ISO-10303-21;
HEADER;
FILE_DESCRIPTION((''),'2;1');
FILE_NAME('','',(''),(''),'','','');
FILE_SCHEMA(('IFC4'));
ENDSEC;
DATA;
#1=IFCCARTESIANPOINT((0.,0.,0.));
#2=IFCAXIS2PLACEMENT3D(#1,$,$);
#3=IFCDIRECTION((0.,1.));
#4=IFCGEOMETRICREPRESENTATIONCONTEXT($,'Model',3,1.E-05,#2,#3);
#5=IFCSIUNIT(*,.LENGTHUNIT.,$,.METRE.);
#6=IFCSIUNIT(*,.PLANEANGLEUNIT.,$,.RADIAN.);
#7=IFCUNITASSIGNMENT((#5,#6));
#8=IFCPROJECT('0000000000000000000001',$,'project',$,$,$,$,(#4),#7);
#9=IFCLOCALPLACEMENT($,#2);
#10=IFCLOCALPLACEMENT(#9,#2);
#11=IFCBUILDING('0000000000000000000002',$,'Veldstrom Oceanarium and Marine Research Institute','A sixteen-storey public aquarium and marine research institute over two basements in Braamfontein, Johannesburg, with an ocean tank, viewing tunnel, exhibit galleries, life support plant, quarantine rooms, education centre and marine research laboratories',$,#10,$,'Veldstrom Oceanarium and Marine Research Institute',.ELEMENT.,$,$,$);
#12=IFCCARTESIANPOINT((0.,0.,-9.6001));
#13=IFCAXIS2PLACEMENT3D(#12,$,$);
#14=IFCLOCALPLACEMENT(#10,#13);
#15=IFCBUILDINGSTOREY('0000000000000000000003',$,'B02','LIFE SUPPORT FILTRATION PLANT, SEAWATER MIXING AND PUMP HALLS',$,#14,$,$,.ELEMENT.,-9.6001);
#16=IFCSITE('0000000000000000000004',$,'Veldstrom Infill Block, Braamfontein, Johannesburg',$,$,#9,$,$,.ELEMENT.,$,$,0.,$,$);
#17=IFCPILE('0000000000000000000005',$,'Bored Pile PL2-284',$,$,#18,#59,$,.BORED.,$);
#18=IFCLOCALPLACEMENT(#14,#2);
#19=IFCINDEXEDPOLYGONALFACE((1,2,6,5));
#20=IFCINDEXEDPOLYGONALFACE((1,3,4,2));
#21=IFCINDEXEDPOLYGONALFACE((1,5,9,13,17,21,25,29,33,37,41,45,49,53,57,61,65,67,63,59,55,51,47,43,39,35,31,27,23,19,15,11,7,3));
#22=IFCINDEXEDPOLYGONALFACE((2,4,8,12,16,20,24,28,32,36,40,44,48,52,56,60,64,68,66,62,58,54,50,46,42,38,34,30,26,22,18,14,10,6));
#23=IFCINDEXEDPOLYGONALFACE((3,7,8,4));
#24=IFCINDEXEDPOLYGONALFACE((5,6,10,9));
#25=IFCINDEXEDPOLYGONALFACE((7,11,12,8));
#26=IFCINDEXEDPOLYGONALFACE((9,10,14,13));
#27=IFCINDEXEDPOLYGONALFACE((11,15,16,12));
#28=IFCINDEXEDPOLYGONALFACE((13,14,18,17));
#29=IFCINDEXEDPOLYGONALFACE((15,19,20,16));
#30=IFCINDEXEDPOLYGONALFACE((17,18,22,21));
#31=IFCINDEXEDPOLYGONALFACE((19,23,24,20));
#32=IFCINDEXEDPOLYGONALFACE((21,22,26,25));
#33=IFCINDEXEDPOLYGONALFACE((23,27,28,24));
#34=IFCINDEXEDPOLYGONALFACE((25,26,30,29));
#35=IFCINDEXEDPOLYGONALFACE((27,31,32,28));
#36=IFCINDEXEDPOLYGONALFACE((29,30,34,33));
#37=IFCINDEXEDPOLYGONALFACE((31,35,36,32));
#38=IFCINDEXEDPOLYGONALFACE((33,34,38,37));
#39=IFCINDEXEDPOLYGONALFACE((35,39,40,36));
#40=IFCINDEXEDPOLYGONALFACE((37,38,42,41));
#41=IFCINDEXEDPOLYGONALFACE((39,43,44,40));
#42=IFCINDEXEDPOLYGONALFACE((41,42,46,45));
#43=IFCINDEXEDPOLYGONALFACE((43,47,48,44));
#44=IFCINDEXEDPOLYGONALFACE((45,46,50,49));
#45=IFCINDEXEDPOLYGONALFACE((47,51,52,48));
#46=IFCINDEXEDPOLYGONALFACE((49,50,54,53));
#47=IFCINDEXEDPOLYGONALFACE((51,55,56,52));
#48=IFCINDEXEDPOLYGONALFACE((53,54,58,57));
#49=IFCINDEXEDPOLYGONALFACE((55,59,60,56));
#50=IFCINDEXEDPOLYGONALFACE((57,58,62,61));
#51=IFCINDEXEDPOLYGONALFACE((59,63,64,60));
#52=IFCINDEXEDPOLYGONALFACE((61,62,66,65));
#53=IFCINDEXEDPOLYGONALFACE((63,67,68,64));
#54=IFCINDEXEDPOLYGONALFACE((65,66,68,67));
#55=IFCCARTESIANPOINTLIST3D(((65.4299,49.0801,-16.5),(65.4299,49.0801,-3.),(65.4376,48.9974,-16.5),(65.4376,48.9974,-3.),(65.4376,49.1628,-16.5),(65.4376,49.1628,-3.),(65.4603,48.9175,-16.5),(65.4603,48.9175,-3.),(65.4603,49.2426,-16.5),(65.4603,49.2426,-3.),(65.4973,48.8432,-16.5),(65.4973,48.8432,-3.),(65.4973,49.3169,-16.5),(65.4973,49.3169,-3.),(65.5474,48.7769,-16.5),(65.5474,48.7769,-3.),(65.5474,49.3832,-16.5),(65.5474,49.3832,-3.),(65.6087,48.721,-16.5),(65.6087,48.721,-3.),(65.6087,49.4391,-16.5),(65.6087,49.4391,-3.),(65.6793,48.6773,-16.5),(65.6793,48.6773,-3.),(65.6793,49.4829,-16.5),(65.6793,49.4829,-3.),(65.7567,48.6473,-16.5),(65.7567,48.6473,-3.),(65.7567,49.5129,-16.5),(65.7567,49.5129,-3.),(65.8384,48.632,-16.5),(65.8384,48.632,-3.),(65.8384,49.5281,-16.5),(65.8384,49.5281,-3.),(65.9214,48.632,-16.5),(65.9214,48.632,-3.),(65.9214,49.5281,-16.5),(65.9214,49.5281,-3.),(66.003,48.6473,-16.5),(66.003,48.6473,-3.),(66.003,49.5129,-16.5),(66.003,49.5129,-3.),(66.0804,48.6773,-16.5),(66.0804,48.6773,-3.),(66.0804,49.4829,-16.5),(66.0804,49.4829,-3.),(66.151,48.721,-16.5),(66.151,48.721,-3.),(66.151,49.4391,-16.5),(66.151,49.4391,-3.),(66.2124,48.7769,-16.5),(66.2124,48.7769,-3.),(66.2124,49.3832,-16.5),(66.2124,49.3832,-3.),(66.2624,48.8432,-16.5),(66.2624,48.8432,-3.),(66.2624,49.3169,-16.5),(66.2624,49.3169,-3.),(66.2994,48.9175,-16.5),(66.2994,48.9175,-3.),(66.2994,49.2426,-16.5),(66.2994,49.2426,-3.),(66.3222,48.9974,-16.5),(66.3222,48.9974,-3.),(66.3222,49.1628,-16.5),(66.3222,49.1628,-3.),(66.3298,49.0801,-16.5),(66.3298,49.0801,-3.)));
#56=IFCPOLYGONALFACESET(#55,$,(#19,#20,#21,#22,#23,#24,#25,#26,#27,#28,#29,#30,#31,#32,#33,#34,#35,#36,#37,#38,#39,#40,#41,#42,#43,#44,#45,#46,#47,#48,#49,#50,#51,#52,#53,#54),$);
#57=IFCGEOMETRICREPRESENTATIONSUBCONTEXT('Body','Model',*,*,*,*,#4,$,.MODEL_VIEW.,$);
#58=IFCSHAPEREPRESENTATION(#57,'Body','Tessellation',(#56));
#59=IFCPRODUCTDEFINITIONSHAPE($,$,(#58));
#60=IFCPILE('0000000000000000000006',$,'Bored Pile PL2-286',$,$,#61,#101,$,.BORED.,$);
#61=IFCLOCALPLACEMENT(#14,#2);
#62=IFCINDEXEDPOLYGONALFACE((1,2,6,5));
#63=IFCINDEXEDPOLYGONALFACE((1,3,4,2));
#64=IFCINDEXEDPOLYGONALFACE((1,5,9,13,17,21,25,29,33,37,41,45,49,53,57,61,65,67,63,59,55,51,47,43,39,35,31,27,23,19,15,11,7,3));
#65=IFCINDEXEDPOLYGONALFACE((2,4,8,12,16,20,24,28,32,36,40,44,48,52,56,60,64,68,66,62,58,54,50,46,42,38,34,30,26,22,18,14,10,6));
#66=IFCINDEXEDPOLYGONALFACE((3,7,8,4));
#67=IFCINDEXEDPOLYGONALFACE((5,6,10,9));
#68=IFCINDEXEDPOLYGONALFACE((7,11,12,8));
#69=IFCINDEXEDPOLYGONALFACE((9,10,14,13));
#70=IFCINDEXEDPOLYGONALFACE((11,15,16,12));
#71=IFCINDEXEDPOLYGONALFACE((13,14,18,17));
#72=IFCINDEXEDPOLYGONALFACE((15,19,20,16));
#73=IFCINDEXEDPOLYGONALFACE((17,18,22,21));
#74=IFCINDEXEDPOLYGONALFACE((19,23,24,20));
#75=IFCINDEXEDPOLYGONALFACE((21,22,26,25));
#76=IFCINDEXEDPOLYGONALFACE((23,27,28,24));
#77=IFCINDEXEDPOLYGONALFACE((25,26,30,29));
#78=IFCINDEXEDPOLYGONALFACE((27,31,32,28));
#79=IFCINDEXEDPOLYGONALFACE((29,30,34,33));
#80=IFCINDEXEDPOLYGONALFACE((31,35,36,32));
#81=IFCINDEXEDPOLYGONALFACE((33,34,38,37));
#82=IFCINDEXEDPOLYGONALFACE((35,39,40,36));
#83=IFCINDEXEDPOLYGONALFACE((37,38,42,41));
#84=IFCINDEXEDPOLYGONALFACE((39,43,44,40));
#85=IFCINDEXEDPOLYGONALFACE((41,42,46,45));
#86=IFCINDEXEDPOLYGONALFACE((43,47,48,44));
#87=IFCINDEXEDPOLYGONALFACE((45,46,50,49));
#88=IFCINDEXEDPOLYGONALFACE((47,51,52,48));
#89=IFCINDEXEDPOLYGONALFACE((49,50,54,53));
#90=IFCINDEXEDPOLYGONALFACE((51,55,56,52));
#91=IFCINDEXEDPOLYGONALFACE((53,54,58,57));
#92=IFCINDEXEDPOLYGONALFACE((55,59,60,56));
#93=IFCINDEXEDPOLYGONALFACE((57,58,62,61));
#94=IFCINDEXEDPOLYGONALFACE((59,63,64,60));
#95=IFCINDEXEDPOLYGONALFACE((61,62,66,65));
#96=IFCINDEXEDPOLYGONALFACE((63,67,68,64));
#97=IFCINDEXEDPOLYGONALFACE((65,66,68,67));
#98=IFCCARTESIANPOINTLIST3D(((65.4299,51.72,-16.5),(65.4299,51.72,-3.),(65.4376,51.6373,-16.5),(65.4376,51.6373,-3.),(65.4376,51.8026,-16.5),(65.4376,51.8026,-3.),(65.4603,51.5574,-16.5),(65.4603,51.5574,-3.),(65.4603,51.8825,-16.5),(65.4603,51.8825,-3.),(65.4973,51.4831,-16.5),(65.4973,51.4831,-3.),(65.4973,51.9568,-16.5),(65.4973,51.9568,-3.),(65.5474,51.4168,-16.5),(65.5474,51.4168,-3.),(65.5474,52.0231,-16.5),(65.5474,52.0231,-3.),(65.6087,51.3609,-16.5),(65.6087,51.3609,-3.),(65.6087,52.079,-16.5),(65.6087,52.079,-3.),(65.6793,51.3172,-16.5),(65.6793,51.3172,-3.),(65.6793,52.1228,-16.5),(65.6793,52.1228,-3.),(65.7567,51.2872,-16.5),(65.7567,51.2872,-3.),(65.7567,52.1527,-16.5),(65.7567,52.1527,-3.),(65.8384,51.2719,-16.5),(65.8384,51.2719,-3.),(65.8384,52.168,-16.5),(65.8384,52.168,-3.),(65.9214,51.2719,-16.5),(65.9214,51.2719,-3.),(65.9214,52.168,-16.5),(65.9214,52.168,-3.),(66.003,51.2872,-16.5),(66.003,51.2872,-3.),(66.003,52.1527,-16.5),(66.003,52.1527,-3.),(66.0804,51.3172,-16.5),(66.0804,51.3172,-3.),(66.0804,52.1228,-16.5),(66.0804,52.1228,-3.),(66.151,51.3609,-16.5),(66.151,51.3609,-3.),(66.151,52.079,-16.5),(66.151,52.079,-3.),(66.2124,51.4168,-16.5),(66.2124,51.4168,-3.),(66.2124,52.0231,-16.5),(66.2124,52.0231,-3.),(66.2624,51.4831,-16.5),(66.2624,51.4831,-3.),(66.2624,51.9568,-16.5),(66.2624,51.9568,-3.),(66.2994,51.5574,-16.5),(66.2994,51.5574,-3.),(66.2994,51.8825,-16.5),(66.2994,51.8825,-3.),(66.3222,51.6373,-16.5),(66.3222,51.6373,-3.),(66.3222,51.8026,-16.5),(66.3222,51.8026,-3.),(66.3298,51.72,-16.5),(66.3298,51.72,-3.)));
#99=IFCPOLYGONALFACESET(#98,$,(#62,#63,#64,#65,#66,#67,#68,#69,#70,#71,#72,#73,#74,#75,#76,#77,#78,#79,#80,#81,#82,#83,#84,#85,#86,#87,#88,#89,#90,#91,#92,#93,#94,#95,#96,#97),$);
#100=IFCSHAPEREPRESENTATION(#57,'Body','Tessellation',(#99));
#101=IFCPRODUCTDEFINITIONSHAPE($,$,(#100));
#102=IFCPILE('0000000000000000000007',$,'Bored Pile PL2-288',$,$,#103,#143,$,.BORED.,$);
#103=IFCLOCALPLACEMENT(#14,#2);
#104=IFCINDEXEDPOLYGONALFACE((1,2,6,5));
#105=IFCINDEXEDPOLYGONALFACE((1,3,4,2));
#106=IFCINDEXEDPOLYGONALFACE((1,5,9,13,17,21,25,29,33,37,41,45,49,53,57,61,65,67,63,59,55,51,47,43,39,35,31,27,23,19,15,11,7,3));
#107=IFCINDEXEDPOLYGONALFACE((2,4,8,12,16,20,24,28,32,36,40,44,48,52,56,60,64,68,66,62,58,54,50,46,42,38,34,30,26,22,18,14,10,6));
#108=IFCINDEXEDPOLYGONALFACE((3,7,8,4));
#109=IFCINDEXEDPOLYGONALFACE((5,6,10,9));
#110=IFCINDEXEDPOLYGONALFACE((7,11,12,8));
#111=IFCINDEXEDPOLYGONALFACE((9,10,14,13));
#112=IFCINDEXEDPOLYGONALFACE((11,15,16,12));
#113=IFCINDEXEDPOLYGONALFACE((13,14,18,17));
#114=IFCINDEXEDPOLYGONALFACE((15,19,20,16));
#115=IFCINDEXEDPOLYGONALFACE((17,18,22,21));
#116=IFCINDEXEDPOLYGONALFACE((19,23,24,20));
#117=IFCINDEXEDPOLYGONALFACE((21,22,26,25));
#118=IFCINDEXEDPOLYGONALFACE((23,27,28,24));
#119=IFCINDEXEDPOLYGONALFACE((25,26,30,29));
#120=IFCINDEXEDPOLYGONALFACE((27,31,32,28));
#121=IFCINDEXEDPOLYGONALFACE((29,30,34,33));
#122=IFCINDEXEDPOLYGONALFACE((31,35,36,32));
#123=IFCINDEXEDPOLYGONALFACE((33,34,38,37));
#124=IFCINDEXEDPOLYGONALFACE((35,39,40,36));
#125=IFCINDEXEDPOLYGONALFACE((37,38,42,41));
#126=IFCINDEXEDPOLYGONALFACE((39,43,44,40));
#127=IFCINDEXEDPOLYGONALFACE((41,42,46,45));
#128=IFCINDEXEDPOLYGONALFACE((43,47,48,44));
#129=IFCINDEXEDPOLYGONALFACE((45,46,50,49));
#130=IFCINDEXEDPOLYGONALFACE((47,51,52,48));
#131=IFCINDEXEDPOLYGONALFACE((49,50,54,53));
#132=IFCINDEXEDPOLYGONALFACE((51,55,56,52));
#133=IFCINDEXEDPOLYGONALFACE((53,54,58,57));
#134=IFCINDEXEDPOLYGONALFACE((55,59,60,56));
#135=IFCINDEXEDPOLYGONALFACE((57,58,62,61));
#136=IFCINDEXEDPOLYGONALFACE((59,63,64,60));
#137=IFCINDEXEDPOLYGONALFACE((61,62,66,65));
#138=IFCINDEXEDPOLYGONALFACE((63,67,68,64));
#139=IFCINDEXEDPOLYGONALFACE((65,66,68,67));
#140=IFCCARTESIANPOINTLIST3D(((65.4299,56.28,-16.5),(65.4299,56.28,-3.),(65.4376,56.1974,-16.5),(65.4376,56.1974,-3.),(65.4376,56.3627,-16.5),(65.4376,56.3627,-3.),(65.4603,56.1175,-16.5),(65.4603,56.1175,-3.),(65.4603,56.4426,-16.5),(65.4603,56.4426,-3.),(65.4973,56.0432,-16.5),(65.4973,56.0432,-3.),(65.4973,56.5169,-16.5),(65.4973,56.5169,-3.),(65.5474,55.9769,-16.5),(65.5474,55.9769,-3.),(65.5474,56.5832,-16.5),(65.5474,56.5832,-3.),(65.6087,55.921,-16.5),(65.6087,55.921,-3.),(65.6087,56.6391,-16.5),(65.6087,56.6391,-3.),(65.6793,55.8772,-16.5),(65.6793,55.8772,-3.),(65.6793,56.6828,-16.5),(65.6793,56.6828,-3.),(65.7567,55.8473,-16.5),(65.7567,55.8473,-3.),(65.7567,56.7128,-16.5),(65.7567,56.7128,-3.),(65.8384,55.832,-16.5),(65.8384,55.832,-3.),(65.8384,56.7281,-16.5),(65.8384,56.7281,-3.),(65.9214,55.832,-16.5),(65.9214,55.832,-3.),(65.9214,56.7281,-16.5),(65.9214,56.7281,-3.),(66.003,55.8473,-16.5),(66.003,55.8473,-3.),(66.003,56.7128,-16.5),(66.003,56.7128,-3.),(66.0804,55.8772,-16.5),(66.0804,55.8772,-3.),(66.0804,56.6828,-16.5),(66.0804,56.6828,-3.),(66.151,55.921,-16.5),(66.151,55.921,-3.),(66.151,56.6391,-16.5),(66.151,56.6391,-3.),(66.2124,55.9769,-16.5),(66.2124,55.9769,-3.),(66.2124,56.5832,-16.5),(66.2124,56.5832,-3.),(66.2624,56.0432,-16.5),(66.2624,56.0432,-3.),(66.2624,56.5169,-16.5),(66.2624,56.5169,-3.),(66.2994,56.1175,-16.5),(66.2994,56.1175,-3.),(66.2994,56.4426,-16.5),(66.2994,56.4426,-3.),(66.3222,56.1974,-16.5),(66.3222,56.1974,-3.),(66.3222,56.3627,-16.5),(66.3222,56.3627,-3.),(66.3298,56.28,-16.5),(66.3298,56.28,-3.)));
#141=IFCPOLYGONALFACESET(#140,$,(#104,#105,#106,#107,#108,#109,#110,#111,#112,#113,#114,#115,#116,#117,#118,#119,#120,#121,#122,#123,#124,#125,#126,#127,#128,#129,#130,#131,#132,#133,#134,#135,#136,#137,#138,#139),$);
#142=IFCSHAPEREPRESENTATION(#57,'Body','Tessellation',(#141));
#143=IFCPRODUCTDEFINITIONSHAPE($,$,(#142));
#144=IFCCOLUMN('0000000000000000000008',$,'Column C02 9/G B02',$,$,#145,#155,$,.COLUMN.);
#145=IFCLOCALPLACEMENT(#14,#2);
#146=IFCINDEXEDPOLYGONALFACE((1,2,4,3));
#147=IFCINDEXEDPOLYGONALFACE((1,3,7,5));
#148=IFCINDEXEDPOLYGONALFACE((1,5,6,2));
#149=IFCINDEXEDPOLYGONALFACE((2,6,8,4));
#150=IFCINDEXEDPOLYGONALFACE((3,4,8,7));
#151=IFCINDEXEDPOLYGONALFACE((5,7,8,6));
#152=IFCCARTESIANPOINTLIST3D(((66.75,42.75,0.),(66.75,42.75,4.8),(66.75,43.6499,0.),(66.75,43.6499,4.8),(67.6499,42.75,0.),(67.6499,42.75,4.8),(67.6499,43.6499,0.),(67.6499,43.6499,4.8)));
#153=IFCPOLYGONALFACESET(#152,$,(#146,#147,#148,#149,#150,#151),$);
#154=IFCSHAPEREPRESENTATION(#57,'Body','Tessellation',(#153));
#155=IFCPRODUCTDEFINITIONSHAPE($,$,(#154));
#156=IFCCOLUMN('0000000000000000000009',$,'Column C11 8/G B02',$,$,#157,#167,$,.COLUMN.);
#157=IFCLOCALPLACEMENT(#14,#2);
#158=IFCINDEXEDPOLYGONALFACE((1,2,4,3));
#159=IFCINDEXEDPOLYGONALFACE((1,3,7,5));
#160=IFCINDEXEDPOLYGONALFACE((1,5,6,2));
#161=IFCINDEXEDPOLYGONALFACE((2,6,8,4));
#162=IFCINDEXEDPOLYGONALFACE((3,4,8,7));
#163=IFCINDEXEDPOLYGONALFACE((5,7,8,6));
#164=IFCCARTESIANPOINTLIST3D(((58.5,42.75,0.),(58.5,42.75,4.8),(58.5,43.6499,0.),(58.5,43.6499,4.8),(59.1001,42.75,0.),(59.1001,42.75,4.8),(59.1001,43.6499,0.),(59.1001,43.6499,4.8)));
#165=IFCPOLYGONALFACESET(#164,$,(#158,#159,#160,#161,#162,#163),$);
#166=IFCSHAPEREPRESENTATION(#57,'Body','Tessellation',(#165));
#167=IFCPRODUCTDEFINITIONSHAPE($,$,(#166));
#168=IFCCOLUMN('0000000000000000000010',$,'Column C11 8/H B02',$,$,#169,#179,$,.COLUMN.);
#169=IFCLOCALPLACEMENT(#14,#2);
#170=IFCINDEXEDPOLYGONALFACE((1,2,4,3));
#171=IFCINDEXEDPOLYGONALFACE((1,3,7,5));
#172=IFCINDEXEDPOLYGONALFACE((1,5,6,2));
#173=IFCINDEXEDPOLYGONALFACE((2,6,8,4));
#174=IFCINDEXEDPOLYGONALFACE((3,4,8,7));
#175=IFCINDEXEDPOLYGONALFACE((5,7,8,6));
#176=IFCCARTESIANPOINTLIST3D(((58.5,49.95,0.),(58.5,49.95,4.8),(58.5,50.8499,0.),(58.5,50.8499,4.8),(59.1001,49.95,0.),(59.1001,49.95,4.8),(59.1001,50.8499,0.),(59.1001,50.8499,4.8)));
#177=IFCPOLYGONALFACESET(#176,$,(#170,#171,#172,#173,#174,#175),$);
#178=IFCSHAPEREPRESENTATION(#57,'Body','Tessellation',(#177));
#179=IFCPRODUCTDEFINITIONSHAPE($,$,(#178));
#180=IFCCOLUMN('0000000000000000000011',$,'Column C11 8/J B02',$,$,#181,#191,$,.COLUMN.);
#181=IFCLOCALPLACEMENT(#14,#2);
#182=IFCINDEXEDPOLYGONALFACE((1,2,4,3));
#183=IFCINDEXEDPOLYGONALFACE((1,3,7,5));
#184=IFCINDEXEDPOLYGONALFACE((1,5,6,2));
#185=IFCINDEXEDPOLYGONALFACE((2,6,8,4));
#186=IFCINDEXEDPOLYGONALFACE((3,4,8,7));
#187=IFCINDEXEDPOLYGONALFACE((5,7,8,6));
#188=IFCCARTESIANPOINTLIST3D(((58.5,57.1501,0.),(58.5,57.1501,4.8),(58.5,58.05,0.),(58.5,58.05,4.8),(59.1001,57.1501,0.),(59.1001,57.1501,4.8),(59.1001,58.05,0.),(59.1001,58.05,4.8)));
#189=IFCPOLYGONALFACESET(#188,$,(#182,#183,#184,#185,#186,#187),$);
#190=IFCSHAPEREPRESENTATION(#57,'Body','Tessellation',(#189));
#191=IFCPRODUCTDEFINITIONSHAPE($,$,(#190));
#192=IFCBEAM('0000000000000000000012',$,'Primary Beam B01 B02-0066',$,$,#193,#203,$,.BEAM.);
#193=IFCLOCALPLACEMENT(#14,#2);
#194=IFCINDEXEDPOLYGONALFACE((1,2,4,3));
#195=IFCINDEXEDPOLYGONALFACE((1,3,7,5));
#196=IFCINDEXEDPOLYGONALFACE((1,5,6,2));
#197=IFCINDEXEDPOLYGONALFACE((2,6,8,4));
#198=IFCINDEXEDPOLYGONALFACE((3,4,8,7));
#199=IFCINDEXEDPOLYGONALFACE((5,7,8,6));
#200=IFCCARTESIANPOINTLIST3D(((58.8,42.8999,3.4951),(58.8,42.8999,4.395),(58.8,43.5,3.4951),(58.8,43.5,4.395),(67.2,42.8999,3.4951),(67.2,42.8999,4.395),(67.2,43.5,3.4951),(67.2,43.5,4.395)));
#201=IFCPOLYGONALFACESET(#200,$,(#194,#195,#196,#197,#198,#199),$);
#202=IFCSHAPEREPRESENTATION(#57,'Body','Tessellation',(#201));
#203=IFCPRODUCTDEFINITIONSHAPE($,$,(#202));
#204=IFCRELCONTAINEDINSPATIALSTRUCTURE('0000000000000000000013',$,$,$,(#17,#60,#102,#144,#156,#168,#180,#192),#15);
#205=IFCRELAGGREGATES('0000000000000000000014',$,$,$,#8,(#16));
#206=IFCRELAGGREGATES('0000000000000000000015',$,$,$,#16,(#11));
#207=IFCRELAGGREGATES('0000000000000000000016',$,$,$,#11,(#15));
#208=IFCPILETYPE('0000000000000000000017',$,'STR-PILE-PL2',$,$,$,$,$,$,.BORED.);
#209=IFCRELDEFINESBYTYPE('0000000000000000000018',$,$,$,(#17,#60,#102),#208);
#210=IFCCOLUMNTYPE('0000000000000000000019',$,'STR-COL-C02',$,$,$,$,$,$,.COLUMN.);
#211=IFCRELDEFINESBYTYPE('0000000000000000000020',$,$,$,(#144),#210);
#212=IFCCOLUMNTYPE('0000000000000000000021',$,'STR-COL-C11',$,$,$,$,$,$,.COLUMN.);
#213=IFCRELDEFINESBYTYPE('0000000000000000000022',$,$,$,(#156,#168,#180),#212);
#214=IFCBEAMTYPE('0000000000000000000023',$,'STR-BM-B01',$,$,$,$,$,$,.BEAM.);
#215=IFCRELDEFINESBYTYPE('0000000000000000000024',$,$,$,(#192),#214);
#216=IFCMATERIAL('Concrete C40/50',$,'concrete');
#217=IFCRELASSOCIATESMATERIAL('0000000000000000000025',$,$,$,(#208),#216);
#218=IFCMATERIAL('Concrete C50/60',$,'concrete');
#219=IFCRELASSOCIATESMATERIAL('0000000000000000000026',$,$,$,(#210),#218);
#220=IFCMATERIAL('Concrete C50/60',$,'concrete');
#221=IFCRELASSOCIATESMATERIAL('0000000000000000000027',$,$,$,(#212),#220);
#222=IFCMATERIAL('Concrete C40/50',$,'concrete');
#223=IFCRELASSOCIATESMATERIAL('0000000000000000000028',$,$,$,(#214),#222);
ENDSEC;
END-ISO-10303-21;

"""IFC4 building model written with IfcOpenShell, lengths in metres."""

from ifc_helpers import new_model, si_unit, direction, frame, origin, origin_2d, place, context, subcontext, project, spatial, rectangle, circle, extrude, material, material_profile, profile_set, type_object, element, save


model = new_model("IFC4")

# Units and contexts
model_context = context("Model", 3, precision=1e-05, world=origin(), true_north=direction((0.0, 1.0)))
body_context = subcontext(model_context, "Body", "Model", "MODEL_VIEW")
ifc_project = project(units=[si_unit("LENGTHUNIT", "METRE"), si_unit("PLANEANGLEUNIT", "RADIAN")], contexts=[model_context])

# Site, building, storey
site_placement = place(None, origin())
site = spatial("IfcSite", under=ifc_project, at=site_placement, Name="Veldstrom Infill Block, Braamfontein, Johannesburg", CompositionType="ELEMENT", RefElevation=0.0)
building_placement = place(site_placement, origin())
building = spatial("IfcBuilding", under=site, at=building_placement, Name="Veldstrom Oceanarium and Marine Research Institute", Description="A sixteen-storey public aquarium and marine research institute over two basements in Braamfontein, Johannesburg, with an ocean tank, viewing tunnel, exhibit galleries, life support plant, quarantine rooms, education centre and marine research laboratories", LongName="Veldstrom Oceanarium and Marine Research Institute", CompositionType="ELEMENT")
storey_placement = place(building_placement, frame((0.0, 0.0, -9.6001)))
storey = spatial("IfcBuildingStorey", under=building, at=storey_placement, Name="B02", Description="LIFE SUPPORT FILTRATION PLANT, SEAWATER MIXING AND PUMP HALLS", CompositionType="ELEMENT", Elevation=-9.6001)

# Piles
ifc_material_1 = material(Name="Concrete C40/50", Category="concrete")
ifc_material_profile_1 = material_profile(ifc_material_1, circle(Radius=0.45, at=origin_2d()), Name="PILE-D900")
ifc_profile_set_1 = profile_set([ifc_material_profile_1], Name="Concrete C40/50")
pile_type_1 = type_object("IfcPileType", Name="STR-PILE-PL2", PredefinedType="BORED", material=ifc_profile_set_1)
for number, where, z_axis, x_axis, name in (
    (1, (65.8799, 49.0801, -3.0), (0.0, 0.0, -1.0), (1.0, 0.0, 0.0), "Bored Pile PL2-284"),
    (2, (65.8799, 51.72, -3.0), (0.0, 0.0, -1.0), (1.0, 0.0, 0.0), "Bored Pile PL2-286"),
    (3, (65.8799, 56.28, -3.0), (0.0, 0.0, -1.0), (1.0, 0.0, 0.0), "Bored Pile PL2-288"),
):
    element("IfcPile", number, at=place(storey_placement, frame(where, z_axis=z_axis, x_axis=x_axis)), inside=storey, type_object=pile_type_1, Name=name, PredefinedType="BORED", context=body_context, shape_type="SweptSolid", body=[
        extrude(circle(Radius=0.45, at=origin_2d()), origin(), (0.0, 0.0, 1.0), 13.5),
    ])

# Columns
ifc_material_2 = material(Name="Concrete C50/60", Category="concrete")
ifc_material_profile_2 = material_profile(ifc_material_2, rectangle(XDim=0.8999, YDim=0.8999, at=origin_2d()), Name="RC-COL-900x900")
ifc_profile_set_2 = profile_set([ifc_material_profile_2], Name="Concrete C50/60")
column_type_1 = type_object("IfcColumnType", Name="STR-COL-C02", PredefinedType="COLUMN", material=ifc_profile_set_2)
column_placement = place(storey_placement, frame((67.2, 43.2, 0.0), z_axis=(0.0, 0.0, 1.0), x_axis=(1.0, 0.0, 0.0)))
element("IfcColumn", 4, at=column_placement, inside=storey, type_object=column_type_1, Name="Column C02 9/G B02", PredefinedType="COLUMN", context=body_context, shape_type="SweptSolid", body=[
    extrude(rectangle(XDim=0.8999, YDim=0.8999, at=origin_2d()), origin(), (0.0, 0.0, 1.0), 4.8),
])
ifc_material_3 = material(Name="Concrete C50/60", Category="concrete")
ifc_material_profile_3 = material_profile(ifc_material_3, rectangle(XDim=0.6001, YDim=0.8999, at=origin_2d()), Name="RC-COL-900x600")
ifc_profile_set_3 = profile_set([ifc_material_profile_3], Name="Concrete C50/60")
column_type_2 = type_object("IfcColumnType", Name="STR-COL-C11", PredefinedType="COLUMN", material=ifc_profile_set_3)
for number, where, z_axis, x_axis, name in (
    (5, (58.8, 43.2, 0.0), (0.0, 0.0, 1.0), (1.0, 0.0, 0.0), "Column C11 8/G B02"),
    (6, (58.8, 50.3999, 0.0), (0.0, 0.0, 1.0), (1.0, 0.0, 0.0), "Column C11 8/H B02"),
    (7, (58.8, 57.6001, 0.0), (0.0, 0.0, 1.0), (1.0, 0.0, 0.0), "Column C11 8/J B02"),
):
    element("IfcColumn", number, at=place(storey_placement, frame(where, z_axis=z_axis, x_axis=x_axis)), inside=storey, type_object=column_type_2, Name=name, PredefinedType="COLUMN", context=body_context, shape_type="SweptSolid", body=[
        extrude(rectangle(XDim=0.6001, YDim=0.8999, at=origin_2d()), origin(), (0.0, 0.0, 1.0), 4.8),
    ])

# Beam
ifc_material_4 = material(Name="Concrete C40/50", Category="concrete")
ifc_material_profile_4 = material_profile(ifc_material_4, rectangle(XDim=0.6001, YDim=0.8999, at=origin_2d()), Name="RC-BM-600x900")
ifc_profile_set_4 = profile_set([ifc_material_profile_4], Name="Concrete C40/50")
beam_type_1 = type_object("IfcBeamType", Name="STR-BM-B01", PredefinedType="BEAM", material=ifc_profile_set_4)
for number, where, z_axis, x_axis, name in (
    (8, (58.8, 43.2, 3.9451), (1.0, 0.0, 0.0), (0.0, 1.0, 0.0), "Primary Beam B01 B02-0066"),
):
    element("IfcBeam", number, at=place(storey_placement, frame(where, z_axis=z_axis, x_axis=x_axis)), inside=storey, type_object=beam_type_1, Name=name, PredefinedType="BEAM", context=body_context, shape_type="SweptSolid", body=[
        extrude(rectangle(XDim=0.6001, YDim=0.8999, at=origin_2d()), origin(), (0.0, 0.0, 1.0), 8.3999),
    ])

save(model, "model.ifc")
